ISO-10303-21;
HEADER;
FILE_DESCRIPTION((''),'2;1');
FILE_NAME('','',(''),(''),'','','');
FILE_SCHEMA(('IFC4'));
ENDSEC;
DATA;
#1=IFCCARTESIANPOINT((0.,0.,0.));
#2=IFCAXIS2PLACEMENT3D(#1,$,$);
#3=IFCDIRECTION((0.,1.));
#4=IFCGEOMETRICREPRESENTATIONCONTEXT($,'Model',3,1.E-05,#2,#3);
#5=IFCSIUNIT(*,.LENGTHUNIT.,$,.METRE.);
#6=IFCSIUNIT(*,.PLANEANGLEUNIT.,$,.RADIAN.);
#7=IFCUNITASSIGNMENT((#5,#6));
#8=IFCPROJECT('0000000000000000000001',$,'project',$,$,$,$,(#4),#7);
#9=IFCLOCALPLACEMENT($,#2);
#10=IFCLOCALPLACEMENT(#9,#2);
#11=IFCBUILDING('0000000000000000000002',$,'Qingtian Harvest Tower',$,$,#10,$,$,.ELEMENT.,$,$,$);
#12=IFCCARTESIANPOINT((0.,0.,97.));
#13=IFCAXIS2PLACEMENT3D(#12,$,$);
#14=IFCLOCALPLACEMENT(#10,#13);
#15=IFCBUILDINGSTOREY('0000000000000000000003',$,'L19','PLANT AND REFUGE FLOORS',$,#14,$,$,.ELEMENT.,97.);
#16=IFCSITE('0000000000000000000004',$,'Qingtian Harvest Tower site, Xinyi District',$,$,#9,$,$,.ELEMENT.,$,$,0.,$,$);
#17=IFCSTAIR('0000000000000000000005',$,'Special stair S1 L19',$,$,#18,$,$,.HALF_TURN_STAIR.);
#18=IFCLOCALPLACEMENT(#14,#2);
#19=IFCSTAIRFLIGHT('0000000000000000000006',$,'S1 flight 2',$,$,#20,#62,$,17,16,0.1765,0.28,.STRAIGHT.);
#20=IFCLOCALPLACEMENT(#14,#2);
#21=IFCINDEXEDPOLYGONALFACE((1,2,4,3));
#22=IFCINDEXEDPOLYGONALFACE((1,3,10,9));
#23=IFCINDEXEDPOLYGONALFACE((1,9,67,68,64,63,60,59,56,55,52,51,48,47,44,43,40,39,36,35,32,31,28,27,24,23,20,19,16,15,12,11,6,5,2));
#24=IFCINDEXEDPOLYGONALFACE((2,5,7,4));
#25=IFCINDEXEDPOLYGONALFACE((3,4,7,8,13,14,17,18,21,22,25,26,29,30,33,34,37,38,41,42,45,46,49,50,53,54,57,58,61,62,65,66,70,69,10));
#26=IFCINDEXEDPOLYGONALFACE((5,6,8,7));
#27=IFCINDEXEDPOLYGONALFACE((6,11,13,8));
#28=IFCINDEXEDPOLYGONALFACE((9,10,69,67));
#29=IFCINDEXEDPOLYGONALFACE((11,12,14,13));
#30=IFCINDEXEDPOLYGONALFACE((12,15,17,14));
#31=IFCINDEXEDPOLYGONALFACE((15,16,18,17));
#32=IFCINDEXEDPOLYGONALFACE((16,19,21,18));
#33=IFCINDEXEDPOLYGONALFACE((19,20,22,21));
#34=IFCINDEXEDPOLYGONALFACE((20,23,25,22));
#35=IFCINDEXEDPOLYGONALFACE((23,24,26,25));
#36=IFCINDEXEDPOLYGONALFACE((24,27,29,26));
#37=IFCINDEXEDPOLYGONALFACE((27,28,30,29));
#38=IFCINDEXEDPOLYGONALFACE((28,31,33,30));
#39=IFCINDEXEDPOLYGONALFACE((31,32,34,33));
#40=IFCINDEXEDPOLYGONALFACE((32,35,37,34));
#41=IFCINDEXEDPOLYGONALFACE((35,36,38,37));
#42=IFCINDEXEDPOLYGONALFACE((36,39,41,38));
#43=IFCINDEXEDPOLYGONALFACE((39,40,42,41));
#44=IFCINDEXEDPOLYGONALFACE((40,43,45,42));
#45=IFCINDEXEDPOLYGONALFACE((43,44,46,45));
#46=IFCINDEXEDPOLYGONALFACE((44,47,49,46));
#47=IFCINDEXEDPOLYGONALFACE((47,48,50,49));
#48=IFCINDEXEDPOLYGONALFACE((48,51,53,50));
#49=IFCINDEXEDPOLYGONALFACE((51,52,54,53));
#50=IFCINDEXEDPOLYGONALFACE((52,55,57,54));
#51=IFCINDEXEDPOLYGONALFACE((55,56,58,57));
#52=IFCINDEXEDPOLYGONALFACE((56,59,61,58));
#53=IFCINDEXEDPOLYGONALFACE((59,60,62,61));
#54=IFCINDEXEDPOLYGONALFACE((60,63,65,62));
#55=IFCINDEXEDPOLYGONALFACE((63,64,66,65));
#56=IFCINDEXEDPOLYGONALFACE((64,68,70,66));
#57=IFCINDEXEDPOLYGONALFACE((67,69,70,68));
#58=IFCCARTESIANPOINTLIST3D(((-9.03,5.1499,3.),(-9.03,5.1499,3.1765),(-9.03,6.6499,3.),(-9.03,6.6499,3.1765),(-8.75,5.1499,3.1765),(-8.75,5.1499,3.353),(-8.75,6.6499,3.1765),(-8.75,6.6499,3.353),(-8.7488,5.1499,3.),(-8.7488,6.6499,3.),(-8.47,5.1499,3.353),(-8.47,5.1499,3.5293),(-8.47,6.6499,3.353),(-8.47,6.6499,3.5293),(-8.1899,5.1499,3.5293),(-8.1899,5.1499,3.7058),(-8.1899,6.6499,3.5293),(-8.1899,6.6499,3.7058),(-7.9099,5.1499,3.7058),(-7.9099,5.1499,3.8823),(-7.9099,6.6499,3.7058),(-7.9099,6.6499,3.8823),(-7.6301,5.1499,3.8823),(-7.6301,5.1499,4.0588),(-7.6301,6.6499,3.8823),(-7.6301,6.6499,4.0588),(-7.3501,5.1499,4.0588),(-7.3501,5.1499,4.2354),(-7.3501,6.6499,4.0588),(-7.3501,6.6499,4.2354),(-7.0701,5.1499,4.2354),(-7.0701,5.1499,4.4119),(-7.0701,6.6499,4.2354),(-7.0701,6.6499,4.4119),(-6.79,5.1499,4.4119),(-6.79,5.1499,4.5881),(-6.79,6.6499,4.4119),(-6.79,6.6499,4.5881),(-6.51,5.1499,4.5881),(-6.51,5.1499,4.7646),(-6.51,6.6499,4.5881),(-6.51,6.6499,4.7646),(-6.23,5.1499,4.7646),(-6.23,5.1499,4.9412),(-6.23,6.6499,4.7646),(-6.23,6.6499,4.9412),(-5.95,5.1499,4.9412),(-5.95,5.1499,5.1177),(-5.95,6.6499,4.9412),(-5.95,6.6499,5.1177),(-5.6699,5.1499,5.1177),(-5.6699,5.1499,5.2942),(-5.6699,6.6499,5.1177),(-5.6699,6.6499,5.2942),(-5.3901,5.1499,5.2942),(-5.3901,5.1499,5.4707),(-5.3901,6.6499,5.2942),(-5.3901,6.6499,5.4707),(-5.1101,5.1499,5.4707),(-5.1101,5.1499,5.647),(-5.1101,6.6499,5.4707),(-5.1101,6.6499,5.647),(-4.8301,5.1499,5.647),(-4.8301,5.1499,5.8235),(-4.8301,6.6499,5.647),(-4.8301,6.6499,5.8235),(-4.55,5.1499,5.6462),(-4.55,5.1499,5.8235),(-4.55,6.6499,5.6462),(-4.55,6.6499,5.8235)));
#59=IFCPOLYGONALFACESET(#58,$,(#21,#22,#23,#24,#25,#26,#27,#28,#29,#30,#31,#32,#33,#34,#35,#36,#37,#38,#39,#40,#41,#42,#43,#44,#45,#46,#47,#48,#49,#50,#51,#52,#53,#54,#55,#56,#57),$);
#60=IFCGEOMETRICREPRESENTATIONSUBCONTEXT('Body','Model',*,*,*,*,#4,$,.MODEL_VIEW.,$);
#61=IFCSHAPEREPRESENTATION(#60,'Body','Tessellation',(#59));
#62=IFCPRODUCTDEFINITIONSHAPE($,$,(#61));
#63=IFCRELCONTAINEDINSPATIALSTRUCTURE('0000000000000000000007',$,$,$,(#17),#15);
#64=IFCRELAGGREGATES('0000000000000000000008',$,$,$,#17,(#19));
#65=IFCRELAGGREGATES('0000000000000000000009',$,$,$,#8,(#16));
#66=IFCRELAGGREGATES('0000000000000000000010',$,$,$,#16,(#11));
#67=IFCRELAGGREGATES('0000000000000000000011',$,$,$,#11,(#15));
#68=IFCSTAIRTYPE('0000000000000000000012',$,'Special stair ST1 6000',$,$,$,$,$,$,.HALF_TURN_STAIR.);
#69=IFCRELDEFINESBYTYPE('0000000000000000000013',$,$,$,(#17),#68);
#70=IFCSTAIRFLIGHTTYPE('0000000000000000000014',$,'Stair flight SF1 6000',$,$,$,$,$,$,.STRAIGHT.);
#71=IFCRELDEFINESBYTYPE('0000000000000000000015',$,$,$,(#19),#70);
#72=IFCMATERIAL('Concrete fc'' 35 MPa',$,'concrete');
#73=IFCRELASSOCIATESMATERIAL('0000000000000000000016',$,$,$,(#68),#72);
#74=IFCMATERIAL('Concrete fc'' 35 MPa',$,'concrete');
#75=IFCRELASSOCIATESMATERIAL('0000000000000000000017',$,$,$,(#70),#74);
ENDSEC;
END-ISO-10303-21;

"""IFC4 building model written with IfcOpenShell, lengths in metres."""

from ifc_helpers import new_model, si_unit, direction, frame, origin, place, context, subcontext, project, spatial, polyline, outline, extrude, material, type_object, element, aggregate, save


model = new_model("IFC4")

# Units and contexts
model_context = context("Model", 3, precision=1e-05, world=origin(), true_north=direction((0.0, 1.0)))
body_context = subcontext(model_context, "Body", "Model", "MODEL_VIEW")
ifc_project = project(units=[si_unit("LENGTHUNIT", "METRE"), si_unit("PLANEANGLEUNIT", "RADIAN")], contexts=[model_context])

# Site, building, storey
site_placement = place(None, origin())
site = spatial("IfcSite", under=ifc_project, at=site_placement, Name="Qingtian Harvest Tower site, Xinyi District", CompositionType="ELEMENT", RefElevation=0.0)
building_placement = place(site_placement, origin())
building = spatial("IfcBuilding", under=site, at=building_placement, Name="Qingtian Harvest Tower", CompositionType="ELEMENT")
storey_placement = place(building_placement, frame((0.0, 0.0, 97.0)))
storey = spatial("IfcBuildingStorey", under=building, at=storey_placement, Name="L19", Description="PLANT AND REFUGE FLOORS", CompositionType="ELEMENT", Elevation=97.0)

# Stair, stair flight
ifc_material_1 = material(Name="Concrete fc' 35 MPa", Category="concrete")
stair_type = type_object("IfcStairType", Name="Special stair ST1 6000", PredefinedType="HALF_TURN_STAIR", material=ifc_material_1)
stair_placement = place(storey_placement, origin())
stair = element("IfcStair", 1, at=stair_placement, inside=storey, type_object=stair_type, Name="Special stair S1 L19", PredefinedType="HALF_TURN_STAIR")
ifc_material_2 = material(Name="Concrete fc' 35 MPa", Category="concrete")
stair_flight_type = type_object("IfcStairFlightType", Name="Stair flight SF1 6000", PredefinedType="STRAIGHT", material=ifc_material_2)
stair_flight_1_placement = place(storey_placement, frame((-9.03, 5.8999, 3.0), z_axis=(0.0, 0.0, 1.0), x_axis=(1.0, 0.0, 0.0)))
stair_flight_1 = element("IfcStairFlight", 2, at=stair_flight_1_placement, type_object=stair_flight_type, Name="S1 flight 2", NumberOfRisers=17, NumberOfTreads=16, PredefinedType="STRAIGHT", RiserHeight=0.1765, TreadLength=0.28, context=body_context, shape_type="SweptSolid", body=[
    extrude(outline(polyline([(0.0, 0.0), (0.0, 0.1765), (0.28, 0.1765), (0.28, 0.353), (0.5601, 0.353), (0.5601, 0.5293), (0.8401, 0.5293), (0.8401, 0.7058), (1.1201, 0.7058), (1.1201, 0.8823), (1.3999, 0.8823), (1.3999, 1.0588), (1.6799, 1.0588), (1.6799, 1.2354), (1.96, 1.2354), (1.96, 1.4119), (2.24, 1.4119), (2.24, 1.5881), (2.52, 1.5881), (2.52, 1.7646), (2.8, 1.7646), (2.8, 1.9412), (3.0801, 1.9412), (3.0801, 2.1177), (3.3601, 2.1177), (3.3601, 2.2942), (3.6399, 2.2942), (3.6399, 2.4707), (3.9199, 2.4707), (3.9199, 2.647), (4.2, 2.647), (4.2, 2.8235), (4.48, 2.8235), (4.48, 3.0), (4.48, 2.6462), (0.2812, 0.0), (0.0, 0.0)])), frame((0.0, 0.75, 0.0), z_axis=(0.0, -1.0, 0.0), x_axis=(1.0, 0.0, 0.0)), (0.0, 0.0, 1.0), 1.5),
])
aggregate(stair, [stair_flight_1])

save(model, "model.ifc")
